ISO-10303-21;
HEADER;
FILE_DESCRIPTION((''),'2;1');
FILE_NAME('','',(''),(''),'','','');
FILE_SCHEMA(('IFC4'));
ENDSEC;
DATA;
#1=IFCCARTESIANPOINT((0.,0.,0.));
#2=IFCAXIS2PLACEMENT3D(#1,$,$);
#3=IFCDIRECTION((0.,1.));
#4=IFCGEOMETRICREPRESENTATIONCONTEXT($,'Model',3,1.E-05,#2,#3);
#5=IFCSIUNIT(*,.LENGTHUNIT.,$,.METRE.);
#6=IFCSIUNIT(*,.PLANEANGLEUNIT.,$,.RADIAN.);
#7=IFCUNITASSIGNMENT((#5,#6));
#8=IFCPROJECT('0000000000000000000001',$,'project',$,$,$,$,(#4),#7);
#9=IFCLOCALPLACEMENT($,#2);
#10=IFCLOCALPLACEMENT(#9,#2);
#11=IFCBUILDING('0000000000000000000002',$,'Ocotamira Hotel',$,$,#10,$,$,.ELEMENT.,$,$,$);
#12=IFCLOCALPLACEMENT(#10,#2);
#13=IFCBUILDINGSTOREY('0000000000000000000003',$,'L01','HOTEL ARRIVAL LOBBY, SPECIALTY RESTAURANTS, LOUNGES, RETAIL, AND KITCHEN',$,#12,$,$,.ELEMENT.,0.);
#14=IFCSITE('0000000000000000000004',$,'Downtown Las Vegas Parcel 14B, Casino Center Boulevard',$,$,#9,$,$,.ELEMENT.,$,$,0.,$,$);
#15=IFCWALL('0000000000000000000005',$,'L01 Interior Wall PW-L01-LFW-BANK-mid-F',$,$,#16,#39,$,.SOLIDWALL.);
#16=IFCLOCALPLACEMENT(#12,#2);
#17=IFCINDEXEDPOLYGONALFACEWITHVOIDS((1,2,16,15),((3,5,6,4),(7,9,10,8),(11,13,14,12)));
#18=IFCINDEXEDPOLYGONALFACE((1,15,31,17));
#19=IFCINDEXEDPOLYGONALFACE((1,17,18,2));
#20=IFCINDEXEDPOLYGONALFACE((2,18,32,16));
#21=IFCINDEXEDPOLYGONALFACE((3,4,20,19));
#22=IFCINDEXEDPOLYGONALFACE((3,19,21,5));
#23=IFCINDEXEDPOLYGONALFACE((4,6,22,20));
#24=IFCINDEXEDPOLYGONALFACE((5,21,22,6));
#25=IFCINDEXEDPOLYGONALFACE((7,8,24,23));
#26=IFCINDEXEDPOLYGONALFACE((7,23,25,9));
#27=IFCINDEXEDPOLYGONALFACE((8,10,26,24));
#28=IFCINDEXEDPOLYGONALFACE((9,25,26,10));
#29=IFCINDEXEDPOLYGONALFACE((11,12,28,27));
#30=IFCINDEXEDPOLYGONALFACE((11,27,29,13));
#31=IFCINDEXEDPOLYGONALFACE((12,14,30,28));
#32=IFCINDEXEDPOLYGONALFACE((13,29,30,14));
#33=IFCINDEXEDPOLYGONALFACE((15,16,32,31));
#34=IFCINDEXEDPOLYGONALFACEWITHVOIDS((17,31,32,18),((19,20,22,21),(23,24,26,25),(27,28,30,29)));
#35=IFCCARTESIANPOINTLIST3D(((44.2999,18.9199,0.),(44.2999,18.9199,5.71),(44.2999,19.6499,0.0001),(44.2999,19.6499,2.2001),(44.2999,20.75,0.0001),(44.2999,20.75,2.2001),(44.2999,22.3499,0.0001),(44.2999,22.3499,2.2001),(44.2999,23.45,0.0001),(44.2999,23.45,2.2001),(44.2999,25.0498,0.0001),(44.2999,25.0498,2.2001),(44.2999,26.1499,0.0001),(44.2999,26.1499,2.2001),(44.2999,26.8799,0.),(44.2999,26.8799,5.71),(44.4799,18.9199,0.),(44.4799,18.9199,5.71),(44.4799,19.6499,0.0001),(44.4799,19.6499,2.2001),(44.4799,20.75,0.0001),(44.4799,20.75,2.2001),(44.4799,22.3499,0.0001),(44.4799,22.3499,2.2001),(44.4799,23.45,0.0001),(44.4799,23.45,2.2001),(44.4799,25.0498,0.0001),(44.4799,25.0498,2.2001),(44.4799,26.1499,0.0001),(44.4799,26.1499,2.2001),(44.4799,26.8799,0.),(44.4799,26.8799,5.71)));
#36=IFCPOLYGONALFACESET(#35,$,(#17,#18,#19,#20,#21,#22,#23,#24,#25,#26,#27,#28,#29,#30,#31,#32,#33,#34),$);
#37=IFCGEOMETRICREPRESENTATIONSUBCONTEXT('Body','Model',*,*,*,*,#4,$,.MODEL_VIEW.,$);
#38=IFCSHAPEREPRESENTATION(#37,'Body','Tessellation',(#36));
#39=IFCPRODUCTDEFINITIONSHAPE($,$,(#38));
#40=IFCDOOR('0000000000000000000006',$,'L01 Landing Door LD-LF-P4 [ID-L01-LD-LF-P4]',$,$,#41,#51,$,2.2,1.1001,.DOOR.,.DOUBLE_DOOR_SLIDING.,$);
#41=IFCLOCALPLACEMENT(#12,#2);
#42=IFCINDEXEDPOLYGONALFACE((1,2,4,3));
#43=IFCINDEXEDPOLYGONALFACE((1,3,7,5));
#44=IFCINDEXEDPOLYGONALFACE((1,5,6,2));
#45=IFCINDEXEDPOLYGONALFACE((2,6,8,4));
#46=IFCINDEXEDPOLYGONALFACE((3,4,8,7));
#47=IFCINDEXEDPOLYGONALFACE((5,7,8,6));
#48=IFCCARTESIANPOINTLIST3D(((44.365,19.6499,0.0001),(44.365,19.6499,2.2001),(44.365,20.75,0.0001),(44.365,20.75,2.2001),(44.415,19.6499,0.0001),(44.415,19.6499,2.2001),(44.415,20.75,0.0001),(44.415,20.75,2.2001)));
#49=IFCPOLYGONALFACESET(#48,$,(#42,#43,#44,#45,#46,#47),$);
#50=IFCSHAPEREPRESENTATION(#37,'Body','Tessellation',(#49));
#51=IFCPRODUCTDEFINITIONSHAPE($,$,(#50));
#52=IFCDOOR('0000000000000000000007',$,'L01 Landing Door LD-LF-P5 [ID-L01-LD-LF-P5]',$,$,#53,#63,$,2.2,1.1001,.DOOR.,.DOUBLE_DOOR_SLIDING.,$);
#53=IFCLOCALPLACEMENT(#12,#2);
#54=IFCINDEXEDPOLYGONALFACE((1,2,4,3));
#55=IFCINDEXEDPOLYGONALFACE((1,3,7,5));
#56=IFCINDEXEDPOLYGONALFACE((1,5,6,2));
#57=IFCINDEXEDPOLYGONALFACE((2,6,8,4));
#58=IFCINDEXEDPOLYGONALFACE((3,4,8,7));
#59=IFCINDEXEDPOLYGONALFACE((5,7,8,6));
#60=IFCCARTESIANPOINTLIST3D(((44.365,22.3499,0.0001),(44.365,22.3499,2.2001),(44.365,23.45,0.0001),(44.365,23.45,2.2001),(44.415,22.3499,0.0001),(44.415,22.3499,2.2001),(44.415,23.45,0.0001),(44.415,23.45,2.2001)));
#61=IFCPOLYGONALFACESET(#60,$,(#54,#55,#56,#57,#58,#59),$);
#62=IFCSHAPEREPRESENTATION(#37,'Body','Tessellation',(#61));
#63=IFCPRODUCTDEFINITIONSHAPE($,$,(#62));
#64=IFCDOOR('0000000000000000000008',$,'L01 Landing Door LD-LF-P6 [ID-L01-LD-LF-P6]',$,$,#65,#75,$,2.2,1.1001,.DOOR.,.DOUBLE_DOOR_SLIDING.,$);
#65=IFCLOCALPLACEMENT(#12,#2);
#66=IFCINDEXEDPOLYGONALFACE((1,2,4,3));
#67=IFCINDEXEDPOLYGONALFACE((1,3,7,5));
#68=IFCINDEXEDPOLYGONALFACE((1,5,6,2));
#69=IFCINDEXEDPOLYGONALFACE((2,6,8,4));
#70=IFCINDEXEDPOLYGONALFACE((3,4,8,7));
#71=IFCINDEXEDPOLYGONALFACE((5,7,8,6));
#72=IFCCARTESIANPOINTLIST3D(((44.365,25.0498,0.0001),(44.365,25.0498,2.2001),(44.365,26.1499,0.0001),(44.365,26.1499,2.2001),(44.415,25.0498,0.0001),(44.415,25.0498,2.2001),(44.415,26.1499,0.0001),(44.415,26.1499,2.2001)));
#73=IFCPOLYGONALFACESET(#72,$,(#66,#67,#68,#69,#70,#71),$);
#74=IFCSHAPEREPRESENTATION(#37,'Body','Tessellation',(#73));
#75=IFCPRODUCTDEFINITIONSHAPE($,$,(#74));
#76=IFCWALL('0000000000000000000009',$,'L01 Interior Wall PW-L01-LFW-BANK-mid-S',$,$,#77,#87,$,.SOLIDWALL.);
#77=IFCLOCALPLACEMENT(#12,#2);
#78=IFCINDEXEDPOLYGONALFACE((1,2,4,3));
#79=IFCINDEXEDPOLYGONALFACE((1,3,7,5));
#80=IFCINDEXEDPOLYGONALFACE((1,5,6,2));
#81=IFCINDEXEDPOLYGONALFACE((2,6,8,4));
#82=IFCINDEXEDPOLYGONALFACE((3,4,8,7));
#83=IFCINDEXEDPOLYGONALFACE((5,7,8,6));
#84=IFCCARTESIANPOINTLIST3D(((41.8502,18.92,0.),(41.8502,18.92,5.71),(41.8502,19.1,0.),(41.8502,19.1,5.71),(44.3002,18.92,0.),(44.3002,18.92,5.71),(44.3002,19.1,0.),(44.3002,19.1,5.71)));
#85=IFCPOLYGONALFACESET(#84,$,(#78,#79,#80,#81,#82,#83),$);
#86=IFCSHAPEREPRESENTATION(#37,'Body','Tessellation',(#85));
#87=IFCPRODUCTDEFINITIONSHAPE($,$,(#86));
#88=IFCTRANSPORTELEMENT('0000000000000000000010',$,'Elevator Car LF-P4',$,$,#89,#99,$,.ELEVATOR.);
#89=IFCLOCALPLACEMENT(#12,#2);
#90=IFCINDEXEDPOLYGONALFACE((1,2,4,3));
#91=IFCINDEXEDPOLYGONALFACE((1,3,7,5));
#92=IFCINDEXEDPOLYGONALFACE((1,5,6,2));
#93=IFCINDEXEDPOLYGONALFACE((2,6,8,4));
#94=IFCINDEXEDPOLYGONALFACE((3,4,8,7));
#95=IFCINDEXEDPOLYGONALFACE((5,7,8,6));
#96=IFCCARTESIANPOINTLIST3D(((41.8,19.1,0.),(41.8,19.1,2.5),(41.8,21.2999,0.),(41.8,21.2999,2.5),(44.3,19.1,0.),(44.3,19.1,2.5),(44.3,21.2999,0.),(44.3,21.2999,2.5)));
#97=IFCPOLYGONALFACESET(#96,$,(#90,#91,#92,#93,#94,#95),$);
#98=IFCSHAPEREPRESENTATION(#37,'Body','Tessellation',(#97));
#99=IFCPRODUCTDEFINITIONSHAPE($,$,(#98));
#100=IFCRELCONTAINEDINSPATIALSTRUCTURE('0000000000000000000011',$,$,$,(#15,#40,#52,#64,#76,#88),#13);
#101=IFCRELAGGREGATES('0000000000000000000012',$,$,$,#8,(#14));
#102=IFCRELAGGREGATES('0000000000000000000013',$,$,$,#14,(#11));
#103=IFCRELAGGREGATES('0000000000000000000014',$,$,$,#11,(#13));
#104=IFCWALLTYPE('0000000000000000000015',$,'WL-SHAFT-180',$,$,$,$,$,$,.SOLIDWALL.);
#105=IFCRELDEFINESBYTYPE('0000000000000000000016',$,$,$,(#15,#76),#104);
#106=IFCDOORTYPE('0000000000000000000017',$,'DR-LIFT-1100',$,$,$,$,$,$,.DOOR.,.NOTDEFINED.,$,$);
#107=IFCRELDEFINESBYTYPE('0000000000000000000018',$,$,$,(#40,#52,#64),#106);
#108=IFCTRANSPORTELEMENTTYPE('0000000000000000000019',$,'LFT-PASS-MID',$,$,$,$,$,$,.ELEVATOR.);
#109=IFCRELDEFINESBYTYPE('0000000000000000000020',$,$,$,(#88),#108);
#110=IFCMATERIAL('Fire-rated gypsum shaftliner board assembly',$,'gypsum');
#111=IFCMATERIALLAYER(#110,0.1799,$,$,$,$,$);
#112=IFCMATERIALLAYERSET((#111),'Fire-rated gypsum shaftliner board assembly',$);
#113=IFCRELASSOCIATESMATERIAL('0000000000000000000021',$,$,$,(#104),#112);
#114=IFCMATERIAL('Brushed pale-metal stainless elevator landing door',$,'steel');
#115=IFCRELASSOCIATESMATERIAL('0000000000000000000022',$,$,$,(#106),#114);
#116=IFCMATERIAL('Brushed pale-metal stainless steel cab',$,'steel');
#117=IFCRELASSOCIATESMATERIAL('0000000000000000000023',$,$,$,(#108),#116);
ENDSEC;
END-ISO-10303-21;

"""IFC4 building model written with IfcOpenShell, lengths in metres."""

from ifc_helpers import new_model, si_unit, direction, frame, frame_2d, origin, origin_2d, place, context, subcontext, project, spatial, rectangle, extrude, source, transform, mapped, material, layer, layer_set, type_object, element, fill, save


model = new_model("IFC4")

# Units and contexts
model_context = context("Model", 3, precision=1e-05, world=origin(), true_north=direction((0.0, 1.0)))
body_context = subcontext(model_context, "Body", "Model", "MODEL_VIEW")
ifc_project = project(units=[si_unit("LENGTHUNIT", "METRE"), si_unit("PLANEANGLEUNIT", "RADIAN")], contexts=[model_context])

# Site, building, storey
site_placement = place(None, origin())
site = spatial("IfcSite", under=ifc_project, at=site_placement, Name="Downtown Las Vegas Parcel 14B, Casino Center Boulevard", CompositionType="ELEMENT", RefElevation=0.0)
building_placement = place(site_placement, origin())
building = spatial("IfcBuilding", under=site, at=building_placement, Name="Ocotamira Hotel", CompositionType="ELEMENT")
storey_placement = place(building_placement, origin())
storey = spatial("IfcBuildingStorey", under=building, at=storey_placement, Name="L01", Description="HOTEL ARRIVAL LOBBY, SPECIALTY RESTAURANTS, LOUNGES, RETAIL, AND KITCHEN", CompositionType="ELEMENT", Elevation=0.0)

# Shared definitions
ifc_material_1 = material(Name="Fire-rated gypsum shaftliner board assembly", Category="gypsum")
ifc_layer_1 = layer(ifc_material_1, 0.1799)
ifc_layer_set_1 = layer_set([ifc_layer_1], Name="Fire-rated gypsum shaftliner board assembly")
wall_type_1 = type_object("IfcWallType", Name="WL-SHAFT-180", PredefinedType="SOLIDWALL", material=ifc_layer_set_1)
ifc_material_2 = material(Name="Brushed pale-metal stainless elevator landing door", Category="steel")
door_type_1 = type_object("IfcDoorType", Name="DR-LIFT-1100", OperationType="NOTDEFINED", PredefinedType="DOOR", material=ifc_material_2)
shared_shape_1 = source(origin(), body_context, "Body", "SweptSolid", [
    extrude(rectangle(XDim=1.1001, YDim=2.2, at=frame_2d((0.55, 1.1001))), frame((0.0, 0.0249, 0.0), z_axis=(0.0, -1.0, 0.0), x_axis=(1.0, 0.0, 0.0)), (0.0, 0.0, 1.0), 0.05),
])

# Wall, openings, doors
wall_1_placement = place(storey_placement, frame((44.3899, 18.9199, 0.0), z_axis=(0.0, 0.0, 1.0), x_axis=(0.0, 1.0, 0.0)))
wall_1 = element("IfcWall", 1, at=wall_1_placement, inside=storey, type_object=wall_type_1, Name="L01 Interior Wall PW-L01-LFW-BANK-mid-F", PredefinedType="SOLIDWALL", context=body_context, shape_type="SweptSolid", body=[
    extrude(rectangle(XDim=7.96, YDim=0.1799, at=frame_2d((3.98, 0.0))), origin(), (0.0, 0.0, 1.0), 5.71),
])
opening_1_placement = place(wall_1_placement, frame((0.73, 0.0, 0.0)))
opening_1 = element("IfcOpeningElement", 2, at=opening_1_placement, cuts=wall_1, PredefinedType="OPENING", context=body_context, shape_type="SweptSolid", body=[
    extrude(rectangle(XDim=1.1001, YDim=2.2, at=frame_2d((0.55, 1.1001))), frame((0.0, 0.1001, 0.0), z_axis=(0.0, -1.0, 0.0), x_axis=(1.0, 0.0, 0.0)), (0.0, 0.0, 1.0), 0.2),
])
opening_2_placement = place(wall_1_placement, frame((3.4299, 0.0, 0.0)))
opening_2 = element("IfcOpeningElement", 3, at=opening_2_placement, cuts=wall_1, PredefinedType="OPENING", context=body_context, shape_type="SweptSolid", body=[
    extrude(rectangle(XDim=1.1001, YDim=2.2, at=frame_2d((0.55, 1.1001))), frame((0.0, 0.1001, 0.0), z_axis=(0.0, -1.0, 0.0), x_axis=(1.0, 0.0, 0.0)), (0.0, 0.0, 1.0), 0.2),
])
opening_3_placement = place(wall_1_placement, frame((6.1299, 0.0, 0.0)))
opening_3 = element("IfcOpeningElement", 4, at=opening_3_placement, cuts=wall_1, PredefinedType="OPENING", context=body_context, shape_type="SweptSolid", body=[
    extrude(rectangle(XDim=1.1001, YDim=2.2, at=frame_2d((0.55, 1.1001))), frame((0.0, 0.1001, 0.0), z_axis=(0.0, -1.0, 0.0), x_axis=(1.0, 0.0, 0.0)), (0.0, 0.0, 1.0), 0.2),
])
door_1_placement = place(opening_1_placement, origin())
door_1 = element("IfcDoor", 5, at=door_1_placement, inside=storey, type_object=door_type_1, Name="L01 Landing Door LD-LF-P4 [ID-L01-LD-LF-P4]", OperationType="DOUBLE_DOOR_SLIDING", OverallHeight=2.2, OverallWidth=1.1001, PredefinedType="DOOR", context=body_context, shape_type="MappedRepresentation", body=[
    mapped(shared_shape_1, transform((0.0, 0.0, 0.0), scale=1.0)),
])
fill(opening_1, door_1)
door_2_placement = place(opening_2_placement, origin())
door_2 = element("IfcDoor", 6, at=door_2_placement, inside=storey, type_object=door_type_1, Name="L01 Landing Door LD-LF-P5 [ID-L01-LD-LF-P5]", OperationType="DOUBLE_DOOR_SLIDING", OverallHeight=2.2, OverallWidth=1.1001, PredefinedType="DOOR", context=body_context, shape_type="MappedRepresentation", body=[
    mapped(shared_shape_1, transform((0.0, 0.0, 0.0), scale=1.0)),
])
fill(opening_2, door_2)
door_3_placement = place(opening_3_placement, origin())
door_3 = element("IfcDoor", 7, at=door_3_placement, inside=storey, type_object=door_type_1, Name="L01 Landing Door LD-LF-P6 [ID-L01-LD-LF-P6]", OperationType="DOUBLE_DOOR_SLIDING", OverallHeight=2.2, OverallWidth=1.1001, PredefinedType="DOOR", context=body_context, shape_type="MappedRepresentation", body=[
    mapped(shared_shape_1, transform((0.0, 0.0, 0.0), scale=1.0)),
])
fill(opening_3, door_3)

# Wall
wall_2_placement = place(storey_placement, frame((41.8501, 19.01, 0.0), z_axis=(0.0, 0.0, 1.0), x_axis=(1.0, 0.0, 0.0)))
element("IfcWall", 8, at=wall_2_placement, inside=storey, type_object=wall_type_1, Name="L01 Interior Wall PW-L01-LFW-BANK-mid-S", PredefinedType="SOLIDWALL", context=body_context, shape_type="SweptSolid", body=[
    extrude(rectangle(XDim=2.45, YDim=0.1799, at=frame_2d((1.2251, 0.0))), origin(), (0.0, 0.0, 1.0), 5.71),
])

# Transport element
ifc_material_3 = material(Name="Brushed pale-metal stainless steel cab", Category="steel")
transport_element_type = type_object("IfcTransportElementType", Name="LFT-PASS-MID", PredefinedType="ELEVATOR", material=ifc_material_3)
shared_shape_2 = source(origin(), body_context, "Body", "SweptSolid", [
    extrude(rectangle(XDim=2.5, YDim=2.2, at=origin_2d()), origin(), (0.0, 0.0, 1.0), 2.5),
])
transport_element_placement = place(storey_placement, frame((43.05, 20.2, 0.0), z_axis=(0.0, 0.0, 1.0), x_axis=(1.0, 0.0, 0.0)))
element("IfcTransportElement", 9, at=transport_element_placement, inside=storey, type_object=transport_element_type, Name="Elevator Car LF-P4", PredefinedType="ELEVATOR", context=body_context, shape_type="MappedRepresentation", body=[
    mapped(shared_shape_2, transform((0.0, 0.0, 0.0), scale=1.0)),
])

save(model, "model.ifc")
